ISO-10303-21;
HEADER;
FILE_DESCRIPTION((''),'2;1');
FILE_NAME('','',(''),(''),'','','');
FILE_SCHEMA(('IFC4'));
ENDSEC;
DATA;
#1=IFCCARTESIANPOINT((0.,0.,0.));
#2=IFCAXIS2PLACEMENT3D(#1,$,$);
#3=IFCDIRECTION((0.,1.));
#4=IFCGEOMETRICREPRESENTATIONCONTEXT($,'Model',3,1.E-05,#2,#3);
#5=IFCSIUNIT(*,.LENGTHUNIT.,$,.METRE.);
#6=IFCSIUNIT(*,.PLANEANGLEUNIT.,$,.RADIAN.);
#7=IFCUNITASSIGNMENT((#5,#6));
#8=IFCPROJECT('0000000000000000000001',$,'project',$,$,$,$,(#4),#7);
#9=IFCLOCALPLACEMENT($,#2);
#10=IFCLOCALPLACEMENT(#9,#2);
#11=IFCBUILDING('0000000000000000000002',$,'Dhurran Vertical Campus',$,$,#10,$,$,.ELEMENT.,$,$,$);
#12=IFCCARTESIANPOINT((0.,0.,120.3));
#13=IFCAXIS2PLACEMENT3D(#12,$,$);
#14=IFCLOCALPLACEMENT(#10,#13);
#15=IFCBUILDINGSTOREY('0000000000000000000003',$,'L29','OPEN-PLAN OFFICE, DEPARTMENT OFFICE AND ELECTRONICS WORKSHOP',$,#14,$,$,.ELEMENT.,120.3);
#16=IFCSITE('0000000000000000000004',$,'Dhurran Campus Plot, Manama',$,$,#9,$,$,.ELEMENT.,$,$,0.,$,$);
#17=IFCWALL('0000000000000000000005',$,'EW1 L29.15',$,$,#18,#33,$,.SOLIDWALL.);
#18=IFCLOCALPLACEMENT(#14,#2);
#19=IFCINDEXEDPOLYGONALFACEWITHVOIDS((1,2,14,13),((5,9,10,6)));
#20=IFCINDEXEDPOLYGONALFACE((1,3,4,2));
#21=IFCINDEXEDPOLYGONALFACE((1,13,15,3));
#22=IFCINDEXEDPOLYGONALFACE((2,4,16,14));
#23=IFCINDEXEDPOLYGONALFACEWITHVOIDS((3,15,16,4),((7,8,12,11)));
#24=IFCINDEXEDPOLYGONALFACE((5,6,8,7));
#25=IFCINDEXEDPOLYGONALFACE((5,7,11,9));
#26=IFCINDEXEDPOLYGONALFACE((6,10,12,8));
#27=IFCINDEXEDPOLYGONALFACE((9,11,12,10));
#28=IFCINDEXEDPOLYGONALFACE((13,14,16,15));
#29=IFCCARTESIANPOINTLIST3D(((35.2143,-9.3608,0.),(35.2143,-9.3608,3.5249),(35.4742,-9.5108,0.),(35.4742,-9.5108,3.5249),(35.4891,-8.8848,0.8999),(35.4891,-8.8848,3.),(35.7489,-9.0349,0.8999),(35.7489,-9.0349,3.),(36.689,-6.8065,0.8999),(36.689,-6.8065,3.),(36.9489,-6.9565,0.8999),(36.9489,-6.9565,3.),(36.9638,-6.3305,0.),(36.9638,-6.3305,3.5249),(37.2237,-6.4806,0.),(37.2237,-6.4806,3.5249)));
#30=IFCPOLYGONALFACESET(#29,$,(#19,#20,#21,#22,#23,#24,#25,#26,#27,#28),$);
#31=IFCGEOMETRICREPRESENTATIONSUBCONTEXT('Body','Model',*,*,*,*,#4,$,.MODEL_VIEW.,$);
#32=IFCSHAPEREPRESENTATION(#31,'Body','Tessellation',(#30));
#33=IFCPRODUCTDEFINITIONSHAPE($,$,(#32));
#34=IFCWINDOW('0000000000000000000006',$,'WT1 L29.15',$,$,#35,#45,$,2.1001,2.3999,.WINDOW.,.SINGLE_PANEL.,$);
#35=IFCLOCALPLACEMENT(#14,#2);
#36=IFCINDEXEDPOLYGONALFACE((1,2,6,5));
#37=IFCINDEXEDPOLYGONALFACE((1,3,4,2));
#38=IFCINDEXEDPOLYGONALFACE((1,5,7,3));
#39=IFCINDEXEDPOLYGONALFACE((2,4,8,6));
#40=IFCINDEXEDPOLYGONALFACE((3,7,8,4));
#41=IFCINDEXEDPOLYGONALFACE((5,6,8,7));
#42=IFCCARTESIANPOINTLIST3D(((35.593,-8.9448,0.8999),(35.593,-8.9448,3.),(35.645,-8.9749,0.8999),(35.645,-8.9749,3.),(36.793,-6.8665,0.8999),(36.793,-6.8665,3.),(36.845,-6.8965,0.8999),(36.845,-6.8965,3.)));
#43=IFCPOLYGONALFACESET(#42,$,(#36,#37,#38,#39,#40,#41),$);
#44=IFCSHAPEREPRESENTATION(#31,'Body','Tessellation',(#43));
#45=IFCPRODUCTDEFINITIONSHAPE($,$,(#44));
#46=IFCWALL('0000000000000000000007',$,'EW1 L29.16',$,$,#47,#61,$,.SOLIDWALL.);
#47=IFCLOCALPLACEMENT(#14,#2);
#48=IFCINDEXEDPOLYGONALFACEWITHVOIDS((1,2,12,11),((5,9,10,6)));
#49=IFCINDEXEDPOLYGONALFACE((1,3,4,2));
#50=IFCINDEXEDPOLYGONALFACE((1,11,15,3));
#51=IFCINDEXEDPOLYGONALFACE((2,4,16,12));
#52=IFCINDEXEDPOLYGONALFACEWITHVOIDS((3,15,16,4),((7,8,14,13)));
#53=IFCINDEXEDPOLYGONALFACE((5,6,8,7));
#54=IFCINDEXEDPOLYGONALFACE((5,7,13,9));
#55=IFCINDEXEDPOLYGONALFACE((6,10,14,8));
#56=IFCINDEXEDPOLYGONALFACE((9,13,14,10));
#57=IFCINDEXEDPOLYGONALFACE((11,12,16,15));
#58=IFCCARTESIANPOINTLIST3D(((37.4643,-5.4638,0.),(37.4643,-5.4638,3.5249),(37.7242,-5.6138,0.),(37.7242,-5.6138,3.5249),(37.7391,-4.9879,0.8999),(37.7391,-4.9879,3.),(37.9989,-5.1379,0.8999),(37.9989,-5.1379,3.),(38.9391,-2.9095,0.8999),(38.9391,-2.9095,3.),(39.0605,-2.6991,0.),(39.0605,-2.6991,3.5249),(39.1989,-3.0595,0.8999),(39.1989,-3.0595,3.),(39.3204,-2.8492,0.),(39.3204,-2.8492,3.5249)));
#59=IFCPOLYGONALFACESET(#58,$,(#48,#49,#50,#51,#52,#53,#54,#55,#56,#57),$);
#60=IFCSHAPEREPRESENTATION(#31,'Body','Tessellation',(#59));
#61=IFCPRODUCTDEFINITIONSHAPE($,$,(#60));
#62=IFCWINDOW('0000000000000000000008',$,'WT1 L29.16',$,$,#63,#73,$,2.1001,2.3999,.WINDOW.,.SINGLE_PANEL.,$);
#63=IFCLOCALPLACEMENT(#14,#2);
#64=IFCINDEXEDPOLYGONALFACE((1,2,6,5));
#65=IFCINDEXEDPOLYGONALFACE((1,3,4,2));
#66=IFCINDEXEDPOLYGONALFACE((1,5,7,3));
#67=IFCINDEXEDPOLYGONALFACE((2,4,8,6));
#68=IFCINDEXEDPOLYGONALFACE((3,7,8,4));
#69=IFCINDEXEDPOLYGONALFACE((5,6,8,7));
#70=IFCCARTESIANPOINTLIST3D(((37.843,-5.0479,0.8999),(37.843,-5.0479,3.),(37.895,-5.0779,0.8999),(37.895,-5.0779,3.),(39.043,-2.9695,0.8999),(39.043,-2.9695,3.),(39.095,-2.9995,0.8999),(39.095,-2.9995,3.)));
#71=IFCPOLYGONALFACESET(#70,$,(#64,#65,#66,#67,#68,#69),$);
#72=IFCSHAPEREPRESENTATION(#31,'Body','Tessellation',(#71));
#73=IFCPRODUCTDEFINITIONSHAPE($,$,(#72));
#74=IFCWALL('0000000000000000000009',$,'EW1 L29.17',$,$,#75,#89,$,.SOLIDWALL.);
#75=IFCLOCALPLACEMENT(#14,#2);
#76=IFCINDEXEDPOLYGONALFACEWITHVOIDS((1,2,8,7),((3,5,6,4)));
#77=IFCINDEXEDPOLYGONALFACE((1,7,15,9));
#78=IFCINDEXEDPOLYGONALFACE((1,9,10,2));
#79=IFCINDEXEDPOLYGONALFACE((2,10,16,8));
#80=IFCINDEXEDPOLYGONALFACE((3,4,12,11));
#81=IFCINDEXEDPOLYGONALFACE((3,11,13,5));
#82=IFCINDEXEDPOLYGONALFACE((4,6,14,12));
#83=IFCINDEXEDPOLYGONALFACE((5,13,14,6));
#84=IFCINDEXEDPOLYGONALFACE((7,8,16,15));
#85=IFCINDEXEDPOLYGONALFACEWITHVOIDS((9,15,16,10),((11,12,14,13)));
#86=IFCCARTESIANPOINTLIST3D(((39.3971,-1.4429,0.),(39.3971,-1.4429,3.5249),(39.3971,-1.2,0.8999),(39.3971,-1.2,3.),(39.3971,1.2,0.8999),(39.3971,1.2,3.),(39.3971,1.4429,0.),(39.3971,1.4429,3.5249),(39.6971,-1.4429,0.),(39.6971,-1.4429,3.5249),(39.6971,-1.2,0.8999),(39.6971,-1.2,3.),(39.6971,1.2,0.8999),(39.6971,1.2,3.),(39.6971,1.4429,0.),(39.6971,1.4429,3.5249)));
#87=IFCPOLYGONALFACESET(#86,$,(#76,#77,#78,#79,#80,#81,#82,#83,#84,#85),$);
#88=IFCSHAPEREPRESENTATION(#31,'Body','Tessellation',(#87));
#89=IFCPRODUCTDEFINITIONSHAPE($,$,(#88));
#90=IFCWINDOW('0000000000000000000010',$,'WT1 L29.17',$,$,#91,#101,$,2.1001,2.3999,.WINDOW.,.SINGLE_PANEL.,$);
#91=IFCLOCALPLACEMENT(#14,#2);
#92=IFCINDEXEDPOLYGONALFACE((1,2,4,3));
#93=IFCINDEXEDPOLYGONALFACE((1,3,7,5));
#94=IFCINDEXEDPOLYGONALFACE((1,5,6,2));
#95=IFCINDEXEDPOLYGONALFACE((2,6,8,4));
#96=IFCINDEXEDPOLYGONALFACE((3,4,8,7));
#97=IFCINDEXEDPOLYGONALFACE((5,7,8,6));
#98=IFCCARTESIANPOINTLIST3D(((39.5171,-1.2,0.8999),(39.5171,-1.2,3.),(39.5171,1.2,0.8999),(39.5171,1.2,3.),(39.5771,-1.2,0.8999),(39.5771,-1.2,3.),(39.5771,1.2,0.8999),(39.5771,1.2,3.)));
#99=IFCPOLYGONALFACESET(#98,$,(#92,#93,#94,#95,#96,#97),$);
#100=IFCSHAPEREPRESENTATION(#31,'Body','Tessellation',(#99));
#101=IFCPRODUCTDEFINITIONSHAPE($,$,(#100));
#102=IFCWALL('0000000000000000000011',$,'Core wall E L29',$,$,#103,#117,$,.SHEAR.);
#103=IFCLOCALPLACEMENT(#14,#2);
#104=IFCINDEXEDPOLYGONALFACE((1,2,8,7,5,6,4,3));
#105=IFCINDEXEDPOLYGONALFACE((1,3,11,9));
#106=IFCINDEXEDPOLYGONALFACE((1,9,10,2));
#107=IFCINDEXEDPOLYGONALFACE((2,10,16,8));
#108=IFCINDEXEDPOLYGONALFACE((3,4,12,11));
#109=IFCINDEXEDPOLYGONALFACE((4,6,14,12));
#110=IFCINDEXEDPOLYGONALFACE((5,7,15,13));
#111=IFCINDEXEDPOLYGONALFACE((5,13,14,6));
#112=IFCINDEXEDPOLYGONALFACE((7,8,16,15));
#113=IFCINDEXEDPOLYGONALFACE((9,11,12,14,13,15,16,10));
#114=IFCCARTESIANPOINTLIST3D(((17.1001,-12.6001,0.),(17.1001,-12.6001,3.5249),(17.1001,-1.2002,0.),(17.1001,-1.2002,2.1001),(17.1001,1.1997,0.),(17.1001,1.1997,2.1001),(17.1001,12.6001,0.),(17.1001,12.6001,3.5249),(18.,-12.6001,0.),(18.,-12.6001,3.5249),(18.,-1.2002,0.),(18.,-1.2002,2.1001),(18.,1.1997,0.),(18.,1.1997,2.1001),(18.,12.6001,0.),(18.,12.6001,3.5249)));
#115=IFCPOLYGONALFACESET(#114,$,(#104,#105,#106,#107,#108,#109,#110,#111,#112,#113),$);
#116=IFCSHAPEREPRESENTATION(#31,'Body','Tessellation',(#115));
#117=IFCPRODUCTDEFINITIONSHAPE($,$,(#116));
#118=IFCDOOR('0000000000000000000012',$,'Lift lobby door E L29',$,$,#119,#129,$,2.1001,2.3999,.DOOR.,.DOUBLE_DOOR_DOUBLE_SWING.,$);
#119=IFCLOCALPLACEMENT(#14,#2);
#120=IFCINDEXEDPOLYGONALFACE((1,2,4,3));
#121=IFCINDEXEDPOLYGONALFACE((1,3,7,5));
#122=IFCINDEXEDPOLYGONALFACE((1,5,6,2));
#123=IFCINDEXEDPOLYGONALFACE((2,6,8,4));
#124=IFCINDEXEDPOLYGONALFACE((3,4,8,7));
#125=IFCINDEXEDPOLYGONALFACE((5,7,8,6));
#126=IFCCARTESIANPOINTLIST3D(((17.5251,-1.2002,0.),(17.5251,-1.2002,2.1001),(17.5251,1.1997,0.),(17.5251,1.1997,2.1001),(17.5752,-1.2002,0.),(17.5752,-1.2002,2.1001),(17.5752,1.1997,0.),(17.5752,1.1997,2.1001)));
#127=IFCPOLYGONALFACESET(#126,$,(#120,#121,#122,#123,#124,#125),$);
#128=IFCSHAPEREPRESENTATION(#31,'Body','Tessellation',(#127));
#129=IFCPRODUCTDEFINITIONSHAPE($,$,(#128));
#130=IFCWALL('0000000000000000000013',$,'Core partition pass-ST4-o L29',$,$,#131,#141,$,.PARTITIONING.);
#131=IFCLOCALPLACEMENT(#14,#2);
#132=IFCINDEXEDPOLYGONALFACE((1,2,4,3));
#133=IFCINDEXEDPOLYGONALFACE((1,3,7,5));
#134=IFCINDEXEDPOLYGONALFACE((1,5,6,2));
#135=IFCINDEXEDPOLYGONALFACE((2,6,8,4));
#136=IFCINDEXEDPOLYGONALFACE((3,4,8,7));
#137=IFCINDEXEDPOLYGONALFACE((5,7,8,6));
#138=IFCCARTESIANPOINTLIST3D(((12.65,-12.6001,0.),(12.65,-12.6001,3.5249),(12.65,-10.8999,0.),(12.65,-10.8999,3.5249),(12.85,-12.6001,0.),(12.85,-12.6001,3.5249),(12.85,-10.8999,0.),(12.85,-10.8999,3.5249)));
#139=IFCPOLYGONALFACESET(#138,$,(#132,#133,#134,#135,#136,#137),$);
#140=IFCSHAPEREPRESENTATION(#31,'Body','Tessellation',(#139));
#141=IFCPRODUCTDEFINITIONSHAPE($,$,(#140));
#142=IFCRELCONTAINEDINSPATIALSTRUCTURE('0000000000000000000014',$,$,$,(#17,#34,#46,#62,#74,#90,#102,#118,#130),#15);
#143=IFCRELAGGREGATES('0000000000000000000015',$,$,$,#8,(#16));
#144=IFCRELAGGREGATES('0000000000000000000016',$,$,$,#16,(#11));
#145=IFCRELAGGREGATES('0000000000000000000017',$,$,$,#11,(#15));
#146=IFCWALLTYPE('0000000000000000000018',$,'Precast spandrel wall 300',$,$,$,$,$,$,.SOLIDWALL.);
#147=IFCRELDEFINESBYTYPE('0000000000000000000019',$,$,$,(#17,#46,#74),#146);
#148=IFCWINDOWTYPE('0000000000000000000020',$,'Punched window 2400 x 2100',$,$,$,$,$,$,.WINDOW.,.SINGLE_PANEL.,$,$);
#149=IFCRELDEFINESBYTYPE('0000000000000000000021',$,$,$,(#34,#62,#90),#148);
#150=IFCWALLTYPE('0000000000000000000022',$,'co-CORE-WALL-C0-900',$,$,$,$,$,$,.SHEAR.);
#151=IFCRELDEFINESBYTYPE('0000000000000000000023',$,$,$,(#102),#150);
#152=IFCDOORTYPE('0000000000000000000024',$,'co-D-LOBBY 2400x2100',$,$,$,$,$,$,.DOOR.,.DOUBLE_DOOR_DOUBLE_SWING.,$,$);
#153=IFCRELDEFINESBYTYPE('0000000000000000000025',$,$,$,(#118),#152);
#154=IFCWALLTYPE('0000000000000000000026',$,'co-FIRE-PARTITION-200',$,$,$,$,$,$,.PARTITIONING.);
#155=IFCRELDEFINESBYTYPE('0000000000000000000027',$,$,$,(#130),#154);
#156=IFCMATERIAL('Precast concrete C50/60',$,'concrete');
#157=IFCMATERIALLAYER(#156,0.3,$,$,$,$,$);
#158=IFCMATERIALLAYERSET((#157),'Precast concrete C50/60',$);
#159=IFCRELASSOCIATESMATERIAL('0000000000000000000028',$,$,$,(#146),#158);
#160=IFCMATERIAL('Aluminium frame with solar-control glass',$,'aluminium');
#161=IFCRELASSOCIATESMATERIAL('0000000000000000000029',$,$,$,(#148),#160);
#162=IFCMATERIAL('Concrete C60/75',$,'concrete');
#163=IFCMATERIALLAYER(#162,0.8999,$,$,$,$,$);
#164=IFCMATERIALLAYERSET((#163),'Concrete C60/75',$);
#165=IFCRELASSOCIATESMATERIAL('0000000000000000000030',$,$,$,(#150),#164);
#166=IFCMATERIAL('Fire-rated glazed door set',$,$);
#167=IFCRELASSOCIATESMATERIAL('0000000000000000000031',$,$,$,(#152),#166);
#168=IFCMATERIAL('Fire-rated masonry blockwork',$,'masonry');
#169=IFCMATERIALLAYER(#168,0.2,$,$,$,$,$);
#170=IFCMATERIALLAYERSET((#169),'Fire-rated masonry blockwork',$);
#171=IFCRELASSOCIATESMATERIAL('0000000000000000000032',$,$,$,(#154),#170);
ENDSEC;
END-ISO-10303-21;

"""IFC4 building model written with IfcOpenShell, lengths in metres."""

from ifc_helpers import new_model, si_unit, direction, frame, frame_2d, origin, place, context, subcontext, project, spatial, rectangle, extrude, material, layer, layer_set, type_object, element, fill, save


model = new_model("IFC4")

# Units and contexts
model_context = context("Model", 3, precision=1e-05, world=origin(), true_north=direction((0.0, 1.0)))
body_context = subcontext(model_context, "Body", "Model", "MODEL_VIEW")
ifc_project = project(units=[si_unit("LENGTHUNIT", "METRE"), si_unit("PLANEANGLEUNIT", "RADIAN")], contexts=[model_context])

# Site, building, storey
site_placement = place(None, origin())
site = spatial("IfcSite", under=ifc_project, at=site_placement, Name="Dhurran Campus Plot, Manama", CompositionType="ELEMENT", RefElevation=0.0)
building_placement = place(site_placement, origin())
building = spatial("IfcBuilding", under=site, at=building_placement, Name="Dhurran Vertical Campus", CompositionType="ELEMENT")
storey_placement = place(building_placement, frame((0.0, 0.0, 120.3)))
storey = spatial("IfcBuildingStorey", under=building, at=storey_placement, Name="L29", Description="OPEN-PLAN OFFICE, DEPARTMENT OFFICE AND ELECTRONICS WORKSHOP", CompositionType="ELEMENT", Elevation=120.3)

# Walls, openings, windows
ifc_material_1 = material(Name="Precast concrete C50/60", Category="concrete")
ifc_layer_1 = layer(ifc_material_1, 0.3)
ifc_layer_set_1 = layer_set([ifc_layer_1], Name="Precast concrete C50/60")
wall_type_1 = type_object("IfcWallType", Name="Precast spandrel wall 300", PredefinedType="SOLIDWALL", material=ifc_layer_set_1)
ifc_material_2 = material(Name="Aluminium frame with solar-control glass", Category="aluminium")
window_type = type_object("IfcWindowType", Name="Punched window 2400 x 2100", PartitioningType="SINGLE_PANEL", PredefinedType="WINDOW", material=ifc_material_2)
wall_1_placement = place(storey_placement, frame((35.3442, -9.4358, 0.0), z_axis=(0.0, 0.0, 1.0), x_axis=(0.499996, 0.866028, 0.0)))
wall_1 = element("IfcWall", 1, at=wall_1_placement, inside=storey, type_object=wall_type_1, Name="EW1 L29.15", PredefinedType="SOLIDWALL", context=body_context, shape_type="SweptSolid", body=[
    extrude(rectangle(XDim=3.499, YDim=0.3, at=frame_2d((1.7495, 0.0))), origin(), (0.0, 0.0, 1.0), 3.5249),
])
opening_1_placement = place(wall_1_placement, frame((0.5496, 0.0, 0.8999)))
opening_1 = element("IfcOpeningElement", 2, at=opening_1_placement, cuts=wall_1, PredefinedType="OPENING", context=body_context, shape_type="SweptSolid", body=[
    extrude(rectangle(XDim=2.3999, YDim=2.1001, at=frame_2d((1.2, 1.05))), frame((0.0, 0.1599, 0.0), z_axis=(0.0, -1.0, 0.0), x_axis=(1.0, 0.0, 0.0)), (0.0, 0.0, 1.0), 0.3201),
])
window_1_placement = place(opening_1_placement, origin())
window_1 = element("IfcWindow", 3, at=window_1_placement, inside=storey, type_object=window_type, Name="WT1 L29.15", OverallHeight=2.1001, OverallWidth=2.3999, PartitioningType="SINGLE_PANEL", PredefinedType="WINDOW", context=body_context, shape_type="SweptSolid", body=[
    extrude(rectangle(XDim=2.3999, YDim=2.1001, at=frame_2d((1.2, 1.05))), frame((0.0, 0.03, 0.0), z_axis=(0.0, -1.0, 0.0), x_axis=(1.0, 0.0, 0.0)), (0.0, 0.0, 1.0), 0.0601),
])
fill(opening_1, window_1)
wall_2_placement = place(storey_placement, frame((37.5942, -5.5388, 0.0), z_axis=(0.0, 0.0, 1.0), x_axis=(0.500005, 0.866023, 0.0)))
wall_2 = element("IfcWall", 4, at=wall_2_placement, inside=storey, type_object=wall_type_1, Name="EW1 L29.16", PredefinedType="SOLIDWALL", context=body_context, shape_type="SweptSolid", body=[
    extrude(rectangle(XDim=3.1924, YDim=0.3, at=frame_2d((1.5962, 0.0))), origin(), (0.0, 0.0, 1.0), 3.5249),
])
opening_2_placement = place(wall_2_placement, frame((0.5496, 0.0, 0.8999)))
opening_2 = element("IfcOpeningElement", 5, at=opening_2_placement, cuts=wall_2, PredefinedType="OPENING", context=body_context, shape_type="SweptSolid", body=[
    extrude(rectangle(XDim=2.3999, YDim=2.1001, at=frame_2d((1.2, 1.05))), frame((0.0, 0.1599, 0.0), z_axis=(0.0, -1.0, 0.0), x_axis=(1.0, 0.0, 0.0)), (0.0, 0.0, 1.0), 0.3201),
])
window_2_placement = place(opening_2_placement, origin())
window_2 = element("IfcWindow", 6, at=window_2_placement, inside=storey, type_object=window_type, Name="WT1 L29.16", OverallHeight=2.1001, OverallWidth=2.3999, PartitioningType="SINGLE_PANEL", PredefinedType="WINDOW", context=body_context, shape_type="SweptSolid", body=[
    extrude(rectangle(XDim=2.3999, YDim=2.1001, at=frame_2d((1.2, 1.05))), frame((0.0, 0.03, 0.0), z_axis=(0.0, -1.0, 0.0), x_axis=(1.0, 0.0, 0.0)), (0.0, 0.0, 1.0), 0.0601),
])
fill(opening_2, window_2)
wall_3_placement = place(storey_placement, frame((39.5471, -1.4429, 0.0), z_axis=(0.0, 0.0, 1.0), x_axis=(0.0, 1.0, 0.0)))
wall_3 = element("IfcWall", 7, at=wall_3_placement, inside=storey, type_object=wall_type_1, Name="EW1 L29.17", PredefinedType="SOLIDWALL", context=body_context, shape_type="SweptSolid", body=[
    extrude(rectangle(XDim=2.8857, YDim=0.3, at=frame_2d((1.4429, 0.0))), origin(), (0.0, 0.0, 1.0), 3.5249),
])
opening_3_placement = place(wall_3_placement, frame((0.2429, 0.0, 0.8999)))
opening_3 = element("IfcOpeningElement", 8, at=opening_3_placement, cuts=wall_3, PredefinedType="OPENING", context=body_context, shape_type="SweptSolid", body=[
    extrude(rectangle(XDim=2.3999, YDim=2.1001, at=frame_2d((1.2, 1.05))), frame((0.0, 0.1599, 0.0), z_axis=(0.0, -1.0, 0.0), x_axis=(1.0, 0.0, 0.0)), (0.0, 0.0, 1.0), 0.3201),
])
window_3_placement = place(opening_3_placement, origin())
window_3 = element("IfcWindow", 9, at=window_3_placement, inside=storey, type_object=window_type, Name="WT1 L29.17", OverallHeight=2.1001, OverallWidth=2.3999, PartitioningType="SINGLE_PANEL", PredefinedType="WINDOW", context=body_context, shape_type="SweptSolid", body=[
    extrude(rectangle(XDim=2.3999, YDim=2.1001, at=frame_2d((1.2, 1.05))), frame((0.0, 0.03, 0.0), z_axis=(0.0, -1.0, 0.0), x_axis=(1.0, 0.0, 0.0)), (0.0, 0.0, 1.0), 0.0601),
])
fill(opening_3, window_3)

# Wall, opening, door
ifc_material_3 = material(Name="Concrete C60/75", Category="concrete")
ifc_layer_2 = layer(ifc_material_3, 0.8999)
ifc_layer_set_2 = layer_set([ifc_layer_2], Name="Concrete C60/75")
wall_type_2 = type_object("IfcWallType", Name="co-CORE-WALL-C0-900", PredefinedType="SHEAR", material=ifc_layer_set_2)
wall_4_placement = place(storey_placement, frame((17.55, -12.6001, 0.0), z_axis=(0.0, 0.0, 1.0), x_axis=(0.0, 1.0, 0.0)))
wall_4 = element("IfcWall", 10, at=wall_4_placement, inside=storey, type_object=wall_type_2, Name="Core wall E L29", PredefinedType="SHEAR", context=body_context, shape_type="SweptSolid", body=[
    extrude(rectangle(XDim=25.2002, YDim=0.8999, at=frame_2d((12.6001, 0.0))), origin(), (0.0, 0.0, 1.0), 3.5249),
])
opening_4_placement = place(wall_4_placement, frame((11.3999, 0.0, 0.0)))
opening_4 = element("IfcOpeningElement", 11, at=opening_4_placement, cuts=wall_4, PredefinedType="OPENING", context=body_context, shape_type="SweptSolid", body=[
    extrude(rectangle(XDim=2.3999, YDim=2.1001, at=frame_2d((1.2, 1.05))), frame((0.0, 0.46, 0.0), z_axis=(0.0, -1.0, 0.0), x_axis=(1.0, 0.0, 0.0)), (0.0, 0.0, 1.0), 0.9199),
])
ifc_material_4 = material(Name="Fire-rated glazed door set")
door_type_1 = type_object("IfcDoorType", Name="co-D-LOBBY 2400x2100", OperationType="DOUBLE_DOOR_DOUBLE_SWING", PredefinedType="DOOR", material=ifc_material_4)
door_1_placement = place(opening_4_placement, origin())
door_1 = element("IfcDoor", 12, at=door_1_placement, inside=storey, type_object=door_type_1, Name="Lift lobby door E L29", OperationType="DOUBLE_DOOR_DOUBLE_SWING", OverallHeight=2.1001, OverallWidth=2.3999, PredefinedType="DOOR", context=body_context, shape_type="SweptSolid", body=[
    extrude(rectangle(XDim=2.3999, YDim=2.1001, at=frame_2d((1.2, 1.05))), frame((0.0, 0.0249, 0.0), z_axis=(0.0, -1.0, 0.0), x_axis=(1.0, 0.0, 0.0)), (0.0, 0.0, 1.0), 0.05),
])
fill(opening_4, door_1)

# Wall
ifc_material_5 = material(Name="Fire-rated masonry blockwork", Category="masonry")
ifc_layer_3 = layer(ifc_material_5, 0.2)
ifc_layer_set_3 = layer_set([ifc_layer_3], Name="Fire-rated masonry blockwork")
wall_type_3 = type_object("IfcWallType", Name="co-FIRE-PARTITION-200", PredefinedType="PARTITIONING", material=ifc_layer_set_3)
wall_5_placement = place(storey_placement, frame((12.75, -12.6001, 0.0), z_axis=(0.0, 0.0, 1.0), x_axis=(0.0, 1.0, 0.0)))
element("IfcWall", 13, at=wall_5_placement, inside=storey, type_object=wall_type_3, Name="Core partition pass-ST4-o L29", PredefinedType="PARTITIONING", context=body_context, shape_type="SweptSolid", body=[
    extrude(rectangle(XDim=1.7002, YDim=0.2, at=frame_2d((0.8501, 0.0))), origin(), (0.0, 0.0, 1.0), 3.5249),
])

save(model, "model.ifc")
